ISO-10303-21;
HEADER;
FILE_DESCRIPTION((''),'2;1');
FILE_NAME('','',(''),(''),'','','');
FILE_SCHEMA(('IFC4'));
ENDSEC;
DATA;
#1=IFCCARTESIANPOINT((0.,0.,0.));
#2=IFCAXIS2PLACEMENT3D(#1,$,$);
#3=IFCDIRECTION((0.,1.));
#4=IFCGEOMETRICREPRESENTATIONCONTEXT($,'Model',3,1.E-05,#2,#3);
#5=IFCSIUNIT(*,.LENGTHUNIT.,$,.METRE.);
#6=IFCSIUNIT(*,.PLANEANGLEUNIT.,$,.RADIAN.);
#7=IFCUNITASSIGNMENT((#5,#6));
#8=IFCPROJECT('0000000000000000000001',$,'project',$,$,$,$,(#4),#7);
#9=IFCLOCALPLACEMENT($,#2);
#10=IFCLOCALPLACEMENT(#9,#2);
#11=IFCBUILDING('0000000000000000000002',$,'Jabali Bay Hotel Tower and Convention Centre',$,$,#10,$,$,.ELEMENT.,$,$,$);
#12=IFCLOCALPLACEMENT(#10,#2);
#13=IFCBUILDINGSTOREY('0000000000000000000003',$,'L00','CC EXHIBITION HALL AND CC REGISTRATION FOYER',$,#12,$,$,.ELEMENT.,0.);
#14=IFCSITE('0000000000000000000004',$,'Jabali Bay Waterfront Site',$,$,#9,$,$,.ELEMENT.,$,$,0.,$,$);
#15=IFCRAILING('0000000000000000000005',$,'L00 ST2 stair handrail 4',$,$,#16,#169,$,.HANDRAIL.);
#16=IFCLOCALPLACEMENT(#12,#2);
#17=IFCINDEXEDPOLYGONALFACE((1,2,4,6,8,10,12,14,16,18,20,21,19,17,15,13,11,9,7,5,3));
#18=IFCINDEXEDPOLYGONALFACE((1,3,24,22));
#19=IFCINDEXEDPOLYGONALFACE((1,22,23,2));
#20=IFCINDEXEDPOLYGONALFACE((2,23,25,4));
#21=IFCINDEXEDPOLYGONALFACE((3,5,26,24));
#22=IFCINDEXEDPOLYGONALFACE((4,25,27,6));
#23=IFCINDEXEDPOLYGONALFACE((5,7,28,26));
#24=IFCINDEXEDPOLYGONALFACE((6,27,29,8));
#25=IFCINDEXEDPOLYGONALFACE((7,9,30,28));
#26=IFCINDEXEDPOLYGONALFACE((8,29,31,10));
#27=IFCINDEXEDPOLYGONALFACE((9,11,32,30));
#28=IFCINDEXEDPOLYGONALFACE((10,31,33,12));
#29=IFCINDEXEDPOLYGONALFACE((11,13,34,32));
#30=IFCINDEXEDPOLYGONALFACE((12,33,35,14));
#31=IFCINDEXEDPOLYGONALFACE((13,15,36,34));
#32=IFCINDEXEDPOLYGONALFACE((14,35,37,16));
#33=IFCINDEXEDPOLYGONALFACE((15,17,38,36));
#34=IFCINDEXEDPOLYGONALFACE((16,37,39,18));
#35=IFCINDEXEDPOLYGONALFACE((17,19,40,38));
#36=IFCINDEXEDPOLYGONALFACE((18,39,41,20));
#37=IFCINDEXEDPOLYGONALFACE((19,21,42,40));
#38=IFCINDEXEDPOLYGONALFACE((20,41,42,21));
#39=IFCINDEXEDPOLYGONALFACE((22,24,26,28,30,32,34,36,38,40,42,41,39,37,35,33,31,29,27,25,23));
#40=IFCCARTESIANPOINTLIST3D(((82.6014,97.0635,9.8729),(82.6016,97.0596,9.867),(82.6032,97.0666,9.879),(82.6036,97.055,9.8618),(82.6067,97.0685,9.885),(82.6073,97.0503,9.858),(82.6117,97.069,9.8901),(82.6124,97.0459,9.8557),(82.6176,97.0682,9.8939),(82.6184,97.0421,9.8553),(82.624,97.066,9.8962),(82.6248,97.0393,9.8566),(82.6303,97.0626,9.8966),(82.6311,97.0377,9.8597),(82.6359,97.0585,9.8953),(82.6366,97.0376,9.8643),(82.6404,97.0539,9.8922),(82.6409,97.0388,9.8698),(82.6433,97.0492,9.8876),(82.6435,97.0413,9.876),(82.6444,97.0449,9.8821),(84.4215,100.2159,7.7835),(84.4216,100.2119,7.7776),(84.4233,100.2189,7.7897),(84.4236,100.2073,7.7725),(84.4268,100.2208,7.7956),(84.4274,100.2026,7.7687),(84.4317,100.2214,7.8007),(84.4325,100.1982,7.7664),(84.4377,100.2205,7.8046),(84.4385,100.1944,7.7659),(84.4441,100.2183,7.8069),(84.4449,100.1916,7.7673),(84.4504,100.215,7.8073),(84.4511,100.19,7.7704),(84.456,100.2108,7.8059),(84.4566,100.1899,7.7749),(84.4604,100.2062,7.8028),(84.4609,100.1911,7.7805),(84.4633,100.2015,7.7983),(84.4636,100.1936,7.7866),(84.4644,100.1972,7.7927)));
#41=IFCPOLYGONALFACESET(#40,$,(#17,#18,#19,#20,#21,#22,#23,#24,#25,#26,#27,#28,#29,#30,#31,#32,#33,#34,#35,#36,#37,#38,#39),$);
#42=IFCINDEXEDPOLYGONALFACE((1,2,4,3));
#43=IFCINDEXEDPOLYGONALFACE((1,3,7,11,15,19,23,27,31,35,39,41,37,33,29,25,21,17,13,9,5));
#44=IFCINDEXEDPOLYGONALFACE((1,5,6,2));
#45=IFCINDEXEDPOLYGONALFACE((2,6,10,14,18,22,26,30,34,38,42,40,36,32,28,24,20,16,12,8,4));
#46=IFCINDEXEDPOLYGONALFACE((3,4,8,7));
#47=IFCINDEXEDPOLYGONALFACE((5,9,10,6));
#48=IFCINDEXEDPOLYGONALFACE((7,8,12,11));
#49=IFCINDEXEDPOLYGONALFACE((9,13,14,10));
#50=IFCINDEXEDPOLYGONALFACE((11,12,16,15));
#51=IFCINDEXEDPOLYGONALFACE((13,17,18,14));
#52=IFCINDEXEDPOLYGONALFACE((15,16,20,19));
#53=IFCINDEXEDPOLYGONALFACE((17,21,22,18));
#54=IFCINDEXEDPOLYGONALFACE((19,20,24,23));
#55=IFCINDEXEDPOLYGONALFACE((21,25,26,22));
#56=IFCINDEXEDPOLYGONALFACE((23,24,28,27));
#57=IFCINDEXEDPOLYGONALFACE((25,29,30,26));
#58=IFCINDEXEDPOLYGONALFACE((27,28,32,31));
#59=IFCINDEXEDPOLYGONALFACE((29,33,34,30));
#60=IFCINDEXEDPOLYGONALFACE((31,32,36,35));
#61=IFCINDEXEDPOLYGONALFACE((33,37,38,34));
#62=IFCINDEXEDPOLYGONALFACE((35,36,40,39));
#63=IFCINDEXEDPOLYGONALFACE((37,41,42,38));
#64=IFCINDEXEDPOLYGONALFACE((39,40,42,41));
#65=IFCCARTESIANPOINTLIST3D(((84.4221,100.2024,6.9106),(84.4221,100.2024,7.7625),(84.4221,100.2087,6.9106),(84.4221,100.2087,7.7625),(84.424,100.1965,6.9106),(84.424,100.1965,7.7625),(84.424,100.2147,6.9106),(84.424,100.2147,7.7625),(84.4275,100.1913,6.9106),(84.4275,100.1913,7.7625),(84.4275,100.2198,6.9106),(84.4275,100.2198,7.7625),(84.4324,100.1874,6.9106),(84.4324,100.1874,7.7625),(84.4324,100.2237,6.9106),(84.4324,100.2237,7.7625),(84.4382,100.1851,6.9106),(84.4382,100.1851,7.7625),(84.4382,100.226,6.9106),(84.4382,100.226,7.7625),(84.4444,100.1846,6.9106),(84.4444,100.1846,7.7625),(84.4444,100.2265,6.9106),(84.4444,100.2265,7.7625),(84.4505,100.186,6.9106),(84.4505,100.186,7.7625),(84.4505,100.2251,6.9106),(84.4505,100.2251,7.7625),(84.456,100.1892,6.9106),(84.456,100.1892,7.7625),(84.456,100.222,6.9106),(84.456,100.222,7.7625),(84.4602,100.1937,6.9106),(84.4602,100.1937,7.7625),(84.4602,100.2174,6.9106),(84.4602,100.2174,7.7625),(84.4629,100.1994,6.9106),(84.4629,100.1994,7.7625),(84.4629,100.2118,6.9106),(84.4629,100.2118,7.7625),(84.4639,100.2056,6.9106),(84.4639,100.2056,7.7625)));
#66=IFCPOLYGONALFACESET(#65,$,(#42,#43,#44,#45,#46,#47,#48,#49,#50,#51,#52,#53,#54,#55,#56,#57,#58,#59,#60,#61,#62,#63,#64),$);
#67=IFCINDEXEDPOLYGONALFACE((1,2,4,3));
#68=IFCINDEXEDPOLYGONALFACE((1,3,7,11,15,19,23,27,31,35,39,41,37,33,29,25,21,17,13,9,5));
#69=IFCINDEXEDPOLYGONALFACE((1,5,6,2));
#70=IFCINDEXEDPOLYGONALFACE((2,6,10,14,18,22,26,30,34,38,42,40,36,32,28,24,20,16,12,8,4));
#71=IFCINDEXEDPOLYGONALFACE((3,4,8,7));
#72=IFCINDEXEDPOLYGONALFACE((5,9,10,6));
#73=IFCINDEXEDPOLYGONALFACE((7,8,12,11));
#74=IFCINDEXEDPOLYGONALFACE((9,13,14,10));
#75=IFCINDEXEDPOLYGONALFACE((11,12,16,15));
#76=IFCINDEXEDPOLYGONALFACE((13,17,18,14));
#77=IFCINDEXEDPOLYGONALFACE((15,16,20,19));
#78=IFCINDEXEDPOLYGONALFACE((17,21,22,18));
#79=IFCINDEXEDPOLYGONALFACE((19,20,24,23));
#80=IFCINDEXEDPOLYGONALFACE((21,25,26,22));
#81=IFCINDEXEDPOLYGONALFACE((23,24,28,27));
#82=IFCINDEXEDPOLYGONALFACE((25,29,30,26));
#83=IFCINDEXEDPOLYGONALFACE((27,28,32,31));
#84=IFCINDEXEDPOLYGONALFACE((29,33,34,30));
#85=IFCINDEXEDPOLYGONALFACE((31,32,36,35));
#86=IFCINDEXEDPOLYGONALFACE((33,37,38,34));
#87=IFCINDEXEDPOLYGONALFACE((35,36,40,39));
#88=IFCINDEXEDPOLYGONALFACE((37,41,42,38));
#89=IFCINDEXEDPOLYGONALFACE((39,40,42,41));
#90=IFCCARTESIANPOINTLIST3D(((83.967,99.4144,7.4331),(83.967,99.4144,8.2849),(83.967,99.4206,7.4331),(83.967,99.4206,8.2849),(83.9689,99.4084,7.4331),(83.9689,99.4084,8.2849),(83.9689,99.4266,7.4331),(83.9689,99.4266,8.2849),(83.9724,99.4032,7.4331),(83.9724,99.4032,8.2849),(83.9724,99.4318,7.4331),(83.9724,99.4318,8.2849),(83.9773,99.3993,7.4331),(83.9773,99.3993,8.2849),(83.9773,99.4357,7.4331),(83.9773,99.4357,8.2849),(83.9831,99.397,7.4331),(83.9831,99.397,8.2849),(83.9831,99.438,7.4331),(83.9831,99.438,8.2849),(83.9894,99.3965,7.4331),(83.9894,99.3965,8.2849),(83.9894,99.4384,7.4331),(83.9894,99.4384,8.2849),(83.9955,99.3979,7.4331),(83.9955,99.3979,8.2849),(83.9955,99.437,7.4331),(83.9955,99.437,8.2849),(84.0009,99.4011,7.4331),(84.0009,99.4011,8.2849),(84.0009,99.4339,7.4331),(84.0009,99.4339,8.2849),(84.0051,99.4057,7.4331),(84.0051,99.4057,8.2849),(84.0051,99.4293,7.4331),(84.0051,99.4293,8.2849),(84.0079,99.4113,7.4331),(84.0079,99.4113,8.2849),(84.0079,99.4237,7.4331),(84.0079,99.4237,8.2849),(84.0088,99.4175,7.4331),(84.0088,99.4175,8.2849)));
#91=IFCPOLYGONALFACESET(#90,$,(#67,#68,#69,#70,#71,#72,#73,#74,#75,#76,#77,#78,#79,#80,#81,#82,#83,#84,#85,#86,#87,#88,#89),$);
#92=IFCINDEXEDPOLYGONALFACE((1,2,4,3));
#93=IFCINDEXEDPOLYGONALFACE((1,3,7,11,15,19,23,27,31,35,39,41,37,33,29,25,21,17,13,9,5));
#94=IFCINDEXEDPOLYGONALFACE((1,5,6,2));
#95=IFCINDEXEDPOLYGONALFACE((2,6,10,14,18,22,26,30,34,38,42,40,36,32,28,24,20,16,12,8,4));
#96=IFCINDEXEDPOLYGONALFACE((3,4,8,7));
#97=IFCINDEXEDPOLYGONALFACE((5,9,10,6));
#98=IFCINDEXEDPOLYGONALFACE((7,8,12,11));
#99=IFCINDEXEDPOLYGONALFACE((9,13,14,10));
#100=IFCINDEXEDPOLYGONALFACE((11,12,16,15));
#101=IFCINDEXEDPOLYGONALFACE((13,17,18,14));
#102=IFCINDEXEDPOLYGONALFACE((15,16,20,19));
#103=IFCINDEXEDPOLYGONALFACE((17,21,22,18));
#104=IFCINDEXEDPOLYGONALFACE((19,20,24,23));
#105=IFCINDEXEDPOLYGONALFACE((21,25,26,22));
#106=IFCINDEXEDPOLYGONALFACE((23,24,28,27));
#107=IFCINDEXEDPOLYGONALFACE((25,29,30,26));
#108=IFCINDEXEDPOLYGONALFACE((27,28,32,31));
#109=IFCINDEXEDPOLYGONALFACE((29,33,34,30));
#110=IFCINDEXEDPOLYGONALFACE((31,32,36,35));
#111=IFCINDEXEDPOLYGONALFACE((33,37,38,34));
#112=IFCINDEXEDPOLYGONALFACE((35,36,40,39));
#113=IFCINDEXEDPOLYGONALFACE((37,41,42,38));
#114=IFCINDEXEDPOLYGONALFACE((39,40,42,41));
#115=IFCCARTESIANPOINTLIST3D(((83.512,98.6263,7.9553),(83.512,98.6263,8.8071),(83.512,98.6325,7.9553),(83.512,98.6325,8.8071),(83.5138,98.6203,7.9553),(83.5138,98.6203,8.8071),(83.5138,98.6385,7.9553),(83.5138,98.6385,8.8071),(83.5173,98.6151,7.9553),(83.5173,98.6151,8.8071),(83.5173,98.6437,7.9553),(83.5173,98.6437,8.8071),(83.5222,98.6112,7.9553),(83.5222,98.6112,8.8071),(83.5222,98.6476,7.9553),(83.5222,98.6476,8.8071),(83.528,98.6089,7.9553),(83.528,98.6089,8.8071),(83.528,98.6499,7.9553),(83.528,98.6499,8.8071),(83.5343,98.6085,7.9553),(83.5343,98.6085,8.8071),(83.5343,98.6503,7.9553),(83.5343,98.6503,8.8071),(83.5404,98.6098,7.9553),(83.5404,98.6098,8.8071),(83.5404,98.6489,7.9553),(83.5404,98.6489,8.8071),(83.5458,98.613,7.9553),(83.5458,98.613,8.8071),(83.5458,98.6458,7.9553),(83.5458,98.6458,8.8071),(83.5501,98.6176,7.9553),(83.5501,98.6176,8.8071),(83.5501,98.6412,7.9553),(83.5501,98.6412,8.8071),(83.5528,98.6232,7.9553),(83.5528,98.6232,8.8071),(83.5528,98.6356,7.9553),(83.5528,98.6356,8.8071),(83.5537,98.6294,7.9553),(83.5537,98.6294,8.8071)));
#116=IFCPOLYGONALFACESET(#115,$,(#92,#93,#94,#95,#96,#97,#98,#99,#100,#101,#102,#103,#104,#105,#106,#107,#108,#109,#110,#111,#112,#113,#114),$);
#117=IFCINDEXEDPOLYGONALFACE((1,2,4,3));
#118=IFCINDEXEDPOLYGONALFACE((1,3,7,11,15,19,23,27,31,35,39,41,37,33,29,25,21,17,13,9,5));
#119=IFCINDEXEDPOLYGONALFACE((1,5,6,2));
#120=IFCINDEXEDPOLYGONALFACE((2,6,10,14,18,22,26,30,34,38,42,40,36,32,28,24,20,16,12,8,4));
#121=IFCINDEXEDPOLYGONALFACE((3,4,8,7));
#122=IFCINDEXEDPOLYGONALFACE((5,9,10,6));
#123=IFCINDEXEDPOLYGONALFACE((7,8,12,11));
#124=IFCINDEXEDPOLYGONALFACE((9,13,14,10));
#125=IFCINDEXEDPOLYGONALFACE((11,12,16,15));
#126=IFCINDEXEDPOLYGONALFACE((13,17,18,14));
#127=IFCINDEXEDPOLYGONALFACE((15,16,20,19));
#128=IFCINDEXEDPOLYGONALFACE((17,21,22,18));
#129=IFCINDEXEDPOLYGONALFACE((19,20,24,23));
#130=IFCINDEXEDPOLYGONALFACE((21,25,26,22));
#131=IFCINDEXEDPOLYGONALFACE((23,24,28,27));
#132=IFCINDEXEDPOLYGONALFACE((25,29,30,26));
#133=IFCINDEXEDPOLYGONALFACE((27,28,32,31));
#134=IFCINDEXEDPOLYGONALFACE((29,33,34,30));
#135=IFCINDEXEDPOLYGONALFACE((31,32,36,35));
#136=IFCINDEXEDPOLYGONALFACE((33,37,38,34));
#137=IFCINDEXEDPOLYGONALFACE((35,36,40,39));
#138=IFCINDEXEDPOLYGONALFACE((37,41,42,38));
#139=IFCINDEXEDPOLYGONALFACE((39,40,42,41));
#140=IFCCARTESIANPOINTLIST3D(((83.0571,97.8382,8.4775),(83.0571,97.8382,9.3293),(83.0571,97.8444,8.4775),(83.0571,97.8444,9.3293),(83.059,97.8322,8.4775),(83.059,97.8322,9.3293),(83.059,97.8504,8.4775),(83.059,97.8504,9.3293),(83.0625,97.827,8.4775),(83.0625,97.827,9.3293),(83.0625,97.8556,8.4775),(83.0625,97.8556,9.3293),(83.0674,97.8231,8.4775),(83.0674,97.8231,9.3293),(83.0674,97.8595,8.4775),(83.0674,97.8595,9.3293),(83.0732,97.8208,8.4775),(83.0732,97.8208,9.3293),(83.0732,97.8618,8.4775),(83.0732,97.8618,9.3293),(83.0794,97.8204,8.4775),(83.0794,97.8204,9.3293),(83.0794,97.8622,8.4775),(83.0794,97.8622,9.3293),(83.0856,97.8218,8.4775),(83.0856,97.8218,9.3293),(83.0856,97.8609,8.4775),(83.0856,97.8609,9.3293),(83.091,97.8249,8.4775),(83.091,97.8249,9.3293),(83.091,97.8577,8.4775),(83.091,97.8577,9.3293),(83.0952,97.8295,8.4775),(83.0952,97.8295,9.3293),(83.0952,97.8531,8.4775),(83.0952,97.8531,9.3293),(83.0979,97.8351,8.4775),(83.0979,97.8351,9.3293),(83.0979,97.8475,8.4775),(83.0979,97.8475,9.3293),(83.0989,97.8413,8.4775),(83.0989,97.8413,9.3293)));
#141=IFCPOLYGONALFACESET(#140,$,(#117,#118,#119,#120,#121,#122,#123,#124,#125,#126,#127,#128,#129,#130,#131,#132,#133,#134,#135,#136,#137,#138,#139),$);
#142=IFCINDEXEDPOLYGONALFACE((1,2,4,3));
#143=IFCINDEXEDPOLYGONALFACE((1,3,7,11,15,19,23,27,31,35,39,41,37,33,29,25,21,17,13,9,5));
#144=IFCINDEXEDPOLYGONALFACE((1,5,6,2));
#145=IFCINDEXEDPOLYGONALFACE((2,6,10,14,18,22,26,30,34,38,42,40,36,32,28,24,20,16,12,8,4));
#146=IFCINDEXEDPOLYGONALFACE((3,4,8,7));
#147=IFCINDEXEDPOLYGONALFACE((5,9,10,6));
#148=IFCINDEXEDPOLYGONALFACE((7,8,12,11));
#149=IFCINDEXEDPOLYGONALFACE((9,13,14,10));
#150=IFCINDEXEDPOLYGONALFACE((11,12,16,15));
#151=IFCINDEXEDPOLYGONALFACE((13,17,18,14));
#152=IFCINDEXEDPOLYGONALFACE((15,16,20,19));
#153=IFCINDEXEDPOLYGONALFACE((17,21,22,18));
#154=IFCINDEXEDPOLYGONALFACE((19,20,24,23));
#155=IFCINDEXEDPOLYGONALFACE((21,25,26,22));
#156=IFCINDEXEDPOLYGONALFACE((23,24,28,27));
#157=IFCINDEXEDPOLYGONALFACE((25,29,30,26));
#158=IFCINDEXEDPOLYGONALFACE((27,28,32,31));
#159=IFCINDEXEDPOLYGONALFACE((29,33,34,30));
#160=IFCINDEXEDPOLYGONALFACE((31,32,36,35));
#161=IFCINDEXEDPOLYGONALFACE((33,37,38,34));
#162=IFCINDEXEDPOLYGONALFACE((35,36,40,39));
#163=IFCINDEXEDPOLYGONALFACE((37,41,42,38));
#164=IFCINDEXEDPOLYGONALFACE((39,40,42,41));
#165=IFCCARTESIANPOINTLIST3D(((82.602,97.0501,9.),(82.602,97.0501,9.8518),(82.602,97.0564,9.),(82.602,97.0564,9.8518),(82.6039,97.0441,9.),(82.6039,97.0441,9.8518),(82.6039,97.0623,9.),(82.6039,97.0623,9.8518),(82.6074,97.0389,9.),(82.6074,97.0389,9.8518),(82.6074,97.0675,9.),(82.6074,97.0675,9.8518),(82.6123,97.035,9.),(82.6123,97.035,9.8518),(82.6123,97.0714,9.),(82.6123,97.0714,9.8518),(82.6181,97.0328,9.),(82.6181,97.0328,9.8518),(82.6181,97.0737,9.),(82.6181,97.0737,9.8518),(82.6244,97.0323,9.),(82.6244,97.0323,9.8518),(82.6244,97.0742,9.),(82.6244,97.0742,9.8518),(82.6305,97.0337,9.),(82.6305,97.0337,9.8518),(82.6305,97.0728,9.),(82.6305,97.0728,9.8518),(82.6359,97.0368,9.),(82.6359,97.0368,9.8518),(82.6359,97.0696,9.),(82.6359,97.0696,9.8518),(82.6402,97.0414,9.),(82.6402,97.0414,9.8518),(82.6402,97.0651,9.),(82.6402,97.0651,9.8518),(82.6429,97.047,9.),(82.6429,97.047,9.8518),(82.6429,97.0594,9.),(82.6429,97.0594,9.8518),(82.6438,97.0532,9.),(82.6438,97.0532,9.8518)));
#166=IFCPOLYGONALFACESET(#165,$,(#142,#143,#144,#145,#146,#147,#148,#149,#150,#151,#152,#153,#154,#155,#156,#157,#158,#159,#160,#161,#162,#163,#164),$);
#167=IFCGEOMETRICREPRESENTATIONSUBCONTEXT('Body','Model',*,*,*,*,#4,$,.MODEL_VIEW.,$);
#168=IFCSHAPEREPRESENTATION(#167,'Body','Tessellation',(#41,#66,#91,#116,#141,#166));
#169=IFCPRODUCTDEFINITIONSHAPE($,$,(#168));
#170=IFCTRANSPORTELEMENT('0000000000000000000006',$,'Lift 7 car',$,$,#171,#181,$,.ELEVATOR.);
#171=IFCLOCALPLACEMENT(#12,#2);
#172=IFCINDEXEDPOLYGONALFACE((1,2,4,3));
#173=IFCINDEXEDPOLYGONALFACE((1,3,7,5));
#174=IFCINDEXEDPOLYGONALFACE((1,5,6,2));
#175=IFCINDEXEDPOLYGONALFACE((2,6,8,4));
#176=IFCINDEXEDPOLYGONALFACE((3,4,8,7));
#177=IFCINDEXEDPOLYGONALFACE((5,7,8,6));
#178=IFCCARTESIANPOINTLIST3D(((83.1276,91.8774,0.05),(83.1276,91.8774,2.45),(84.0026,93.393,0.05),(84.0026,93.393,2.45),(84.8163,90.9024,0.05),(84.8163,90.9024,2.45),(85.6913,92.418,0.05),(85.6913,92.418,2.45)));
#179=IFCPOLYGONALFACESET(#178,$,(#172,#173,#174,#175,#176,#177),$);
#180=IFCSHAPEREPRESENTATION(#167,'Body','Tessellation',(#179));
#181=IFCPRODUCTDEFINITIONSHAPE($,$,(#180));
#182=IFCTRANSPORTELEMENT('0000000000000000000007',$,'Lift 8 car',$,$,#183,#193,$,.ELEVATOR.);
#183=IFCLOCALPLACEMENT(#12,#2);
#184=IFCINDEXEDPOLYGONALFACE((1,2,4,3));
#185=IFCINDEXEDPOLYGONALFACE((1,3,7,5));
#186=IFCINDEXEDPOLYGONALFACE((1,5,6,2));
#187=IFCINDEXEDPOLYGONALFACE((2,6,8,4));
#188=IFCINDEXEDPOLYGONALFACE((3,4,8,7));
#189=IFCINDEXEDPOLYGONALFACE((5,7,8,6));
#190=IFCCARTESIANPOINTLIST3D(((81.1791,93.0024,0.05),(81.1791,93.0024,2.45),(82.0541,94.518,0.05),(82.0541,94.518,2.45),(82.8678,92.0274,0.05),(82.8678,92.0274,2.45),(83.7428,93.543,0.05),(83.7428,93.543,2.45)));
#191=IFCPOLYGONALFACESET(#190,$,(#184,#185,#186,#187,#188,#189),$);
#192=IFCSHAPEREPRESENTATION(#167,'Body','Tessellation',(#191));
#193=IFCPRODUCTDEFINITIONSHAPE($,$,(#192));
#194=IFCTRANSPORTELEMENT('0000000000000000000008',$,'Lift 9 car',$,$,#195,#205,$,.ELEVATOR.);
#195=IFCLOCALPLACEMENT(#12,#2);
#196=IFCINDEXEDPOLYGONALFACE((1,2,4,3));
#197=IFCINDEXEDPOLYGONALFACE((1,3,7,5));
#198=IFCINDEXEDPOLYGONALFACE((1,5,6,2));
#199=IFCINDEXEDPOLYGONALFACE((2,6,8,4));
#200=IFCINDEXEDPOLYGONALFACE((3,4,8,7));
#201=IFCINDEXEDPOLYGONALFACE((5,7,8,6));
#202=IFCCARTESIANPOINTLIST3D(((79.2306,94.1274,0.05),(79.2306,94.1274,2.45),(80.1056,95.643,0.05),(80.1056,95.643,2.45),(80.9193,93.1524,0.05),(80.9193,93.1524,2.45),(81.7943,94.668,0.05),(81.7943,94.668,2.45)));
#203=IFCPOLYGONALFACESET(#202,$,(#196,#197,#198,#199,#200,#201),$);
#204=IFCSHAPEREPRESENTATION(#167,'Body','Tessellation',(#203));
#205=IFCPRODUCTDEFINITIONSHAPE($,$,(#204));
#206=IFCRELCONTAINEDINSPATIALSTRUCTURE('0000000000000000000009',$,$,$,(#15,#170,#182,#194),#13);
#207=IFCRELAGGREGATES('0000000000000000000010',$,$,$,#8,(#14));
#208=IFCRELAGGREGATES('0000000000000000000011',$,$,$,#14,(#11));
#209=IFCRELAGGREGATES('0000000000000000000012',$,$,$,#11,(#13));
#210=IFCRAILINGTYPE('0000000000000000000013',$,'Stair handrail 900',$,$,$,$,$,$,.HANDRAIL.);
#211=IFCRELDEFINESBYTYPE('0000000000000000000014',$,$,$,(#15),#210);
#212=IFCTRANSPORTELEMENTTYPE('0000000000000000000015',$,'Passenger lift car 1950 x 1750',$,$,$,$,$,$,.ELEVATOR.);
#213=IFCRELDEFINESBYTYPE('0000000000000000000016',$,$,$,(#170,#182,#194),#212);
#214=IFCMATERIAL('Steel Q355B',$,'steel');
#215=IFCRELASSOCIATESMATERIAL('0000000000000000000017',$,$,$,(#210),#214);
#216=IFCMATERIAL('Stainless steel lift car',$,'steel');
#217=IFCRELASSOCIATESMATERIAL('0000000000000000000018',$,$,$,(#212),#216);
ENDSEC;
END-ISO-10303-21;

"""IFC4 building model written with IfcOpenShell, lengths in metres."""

from ifc_helpers import new_model, si_unit, direction, frame, origin, origin_2d, place, context, subcontext, project, spatial, rectangle, circle, extrude, material, type_object, element, save


model = new_model("IFC4")

# Units and contexts
model_context = context("Model", 3, precision=1e-05, world=origin(), true_north=direction((0.0, 1.0)))
body_context = subcontext(model_context, "Body", "Model", "MODEL_VIEW")
ifc_project = project(units=[si_unit("LENGTHUNIT", "METRE"), si_unit("PLANEANGLEUNIT", "RADIAN")], contexts=[model_context])

# Site, building, storey
site_placement = place(None, origin())
site = spatial("IfcSite", under=ifc_project, at=site_placement, Name="Jabali Bay Waterfront Site", CompositionType="ELEMENT", RefElevation=0.0)
building_placement = place(site_placement, origin())
building = spatial("IfcBuilding", under=site, at=building_placement, Name="Jabali Bay Hotel Tower and Convention Centre", CompositionType="ELEMENT")
storey_placement = place(building_placement, origin())
storey = spatial("IfcBuildingStorey", under=building, at=storey_placement, Name="L00", Description="CC EXHIBITION HALL AND CC REGISTRATION FOYER", CompositionType="ELEMENT", Elevation=0.0)

# Railing
ifc_material_1 = material(Name="Steel Q355B", Category="steel")
railing_type_1 = type_object("IfcRailingType", Name="Stair handrail 900", PredefinedType="HANDRAIL", material=ifc_material_1)
railing_1_placement = place(storey_placement, frame((84.4429, 100.2056, 6.9106)))
element("IfcRailing", 1, at=railing_1_placement, inside=storey, type_object=railing_type_1, Name="L00 ST2 stair handrail 4", PredefinedType="HANDRAIL", context=body_context, shape_type="SweptSolid", body=[
    extrude(circle(Radius=0.0239, at=origin_2d()), frame((0.0, 0.0, 0.876), z_axis=(-0.433653, -0.751084, 0.497814), x_axis=(0.866018, -0.500013, 0.0)), (0.0, 0.0, 1.0), 4.197),
    extrude(circle(Radius=0.021, at=origin_2d()), origin(), (0.0, 0.0, 1.0), 0.8518),
    extrude(circle(Radius=0.021, at=origin_2d()), frame((-0.4551, -0.7881, 0.5225)), (0.0, 0.0, 1.0), 0.8518),
    extrude(circle(Radius=0.021, at=origin_2d()), frame((-0.9102, -1.5762, 1.0447)), (0.0, 0.0, 1.0), 0.8518),
    extrude(circle(Radius=0.021, at=origin_2d()), frame((-1.365, -2.3643, 1.5669)), (0.0, 0.0, 1.0), 0.8518),
    extrude(circle(Radius=0.021, at=origin_2d()), frame((-1.8201, -3.1523, 2.0894)), (0.0, 0.0, 1.0), 0.8518),
])

# Transport elements
ifc_material_2 = material(Name="Stainless steel lift car", Category="steel")
transport_element_type = type_object("IfcTransportElementType", Name="Passenger lift car 1950 x 1750", PredefinedType="ELEVATOR", material=ifc_material_2)
for number, where, z_axis, x_axis, name in (
    (2, (84.4094, 92.1477, 0.05), (0.0, 0.0, 1.0), (0.5, 0.866025, 0.0), "Lift 7 car"),
    (3, (82.4609, 93.2727, 0.05), (0.0, 0.0, 1.0), (0.5, 0.866025, 0.0), "Lift 8 car"),
    (4, (80.5125, 94.3977, 0.05), (0.0, 0.0, 1.0), (0.5, 0.866025, 0.0), "Lift 9 car"),
):
    element("IfcTransportElement", number, at=place(storey_placement, frame(where, z_axis=z_axis, x_axis=x_axis)), inside=storey, type_object=transport_element_type, Name=name, PredefinedType="ELEVATOR", context=body_context, shape_type="SweptSolid", body=[
        extrude(rectangle(XDim=1.75, YDim=1.95, at=origin_2d()), origin(), (0.0, 0.0, 1.0), 2.3999),
    ])

save(model, "model.ifc")
